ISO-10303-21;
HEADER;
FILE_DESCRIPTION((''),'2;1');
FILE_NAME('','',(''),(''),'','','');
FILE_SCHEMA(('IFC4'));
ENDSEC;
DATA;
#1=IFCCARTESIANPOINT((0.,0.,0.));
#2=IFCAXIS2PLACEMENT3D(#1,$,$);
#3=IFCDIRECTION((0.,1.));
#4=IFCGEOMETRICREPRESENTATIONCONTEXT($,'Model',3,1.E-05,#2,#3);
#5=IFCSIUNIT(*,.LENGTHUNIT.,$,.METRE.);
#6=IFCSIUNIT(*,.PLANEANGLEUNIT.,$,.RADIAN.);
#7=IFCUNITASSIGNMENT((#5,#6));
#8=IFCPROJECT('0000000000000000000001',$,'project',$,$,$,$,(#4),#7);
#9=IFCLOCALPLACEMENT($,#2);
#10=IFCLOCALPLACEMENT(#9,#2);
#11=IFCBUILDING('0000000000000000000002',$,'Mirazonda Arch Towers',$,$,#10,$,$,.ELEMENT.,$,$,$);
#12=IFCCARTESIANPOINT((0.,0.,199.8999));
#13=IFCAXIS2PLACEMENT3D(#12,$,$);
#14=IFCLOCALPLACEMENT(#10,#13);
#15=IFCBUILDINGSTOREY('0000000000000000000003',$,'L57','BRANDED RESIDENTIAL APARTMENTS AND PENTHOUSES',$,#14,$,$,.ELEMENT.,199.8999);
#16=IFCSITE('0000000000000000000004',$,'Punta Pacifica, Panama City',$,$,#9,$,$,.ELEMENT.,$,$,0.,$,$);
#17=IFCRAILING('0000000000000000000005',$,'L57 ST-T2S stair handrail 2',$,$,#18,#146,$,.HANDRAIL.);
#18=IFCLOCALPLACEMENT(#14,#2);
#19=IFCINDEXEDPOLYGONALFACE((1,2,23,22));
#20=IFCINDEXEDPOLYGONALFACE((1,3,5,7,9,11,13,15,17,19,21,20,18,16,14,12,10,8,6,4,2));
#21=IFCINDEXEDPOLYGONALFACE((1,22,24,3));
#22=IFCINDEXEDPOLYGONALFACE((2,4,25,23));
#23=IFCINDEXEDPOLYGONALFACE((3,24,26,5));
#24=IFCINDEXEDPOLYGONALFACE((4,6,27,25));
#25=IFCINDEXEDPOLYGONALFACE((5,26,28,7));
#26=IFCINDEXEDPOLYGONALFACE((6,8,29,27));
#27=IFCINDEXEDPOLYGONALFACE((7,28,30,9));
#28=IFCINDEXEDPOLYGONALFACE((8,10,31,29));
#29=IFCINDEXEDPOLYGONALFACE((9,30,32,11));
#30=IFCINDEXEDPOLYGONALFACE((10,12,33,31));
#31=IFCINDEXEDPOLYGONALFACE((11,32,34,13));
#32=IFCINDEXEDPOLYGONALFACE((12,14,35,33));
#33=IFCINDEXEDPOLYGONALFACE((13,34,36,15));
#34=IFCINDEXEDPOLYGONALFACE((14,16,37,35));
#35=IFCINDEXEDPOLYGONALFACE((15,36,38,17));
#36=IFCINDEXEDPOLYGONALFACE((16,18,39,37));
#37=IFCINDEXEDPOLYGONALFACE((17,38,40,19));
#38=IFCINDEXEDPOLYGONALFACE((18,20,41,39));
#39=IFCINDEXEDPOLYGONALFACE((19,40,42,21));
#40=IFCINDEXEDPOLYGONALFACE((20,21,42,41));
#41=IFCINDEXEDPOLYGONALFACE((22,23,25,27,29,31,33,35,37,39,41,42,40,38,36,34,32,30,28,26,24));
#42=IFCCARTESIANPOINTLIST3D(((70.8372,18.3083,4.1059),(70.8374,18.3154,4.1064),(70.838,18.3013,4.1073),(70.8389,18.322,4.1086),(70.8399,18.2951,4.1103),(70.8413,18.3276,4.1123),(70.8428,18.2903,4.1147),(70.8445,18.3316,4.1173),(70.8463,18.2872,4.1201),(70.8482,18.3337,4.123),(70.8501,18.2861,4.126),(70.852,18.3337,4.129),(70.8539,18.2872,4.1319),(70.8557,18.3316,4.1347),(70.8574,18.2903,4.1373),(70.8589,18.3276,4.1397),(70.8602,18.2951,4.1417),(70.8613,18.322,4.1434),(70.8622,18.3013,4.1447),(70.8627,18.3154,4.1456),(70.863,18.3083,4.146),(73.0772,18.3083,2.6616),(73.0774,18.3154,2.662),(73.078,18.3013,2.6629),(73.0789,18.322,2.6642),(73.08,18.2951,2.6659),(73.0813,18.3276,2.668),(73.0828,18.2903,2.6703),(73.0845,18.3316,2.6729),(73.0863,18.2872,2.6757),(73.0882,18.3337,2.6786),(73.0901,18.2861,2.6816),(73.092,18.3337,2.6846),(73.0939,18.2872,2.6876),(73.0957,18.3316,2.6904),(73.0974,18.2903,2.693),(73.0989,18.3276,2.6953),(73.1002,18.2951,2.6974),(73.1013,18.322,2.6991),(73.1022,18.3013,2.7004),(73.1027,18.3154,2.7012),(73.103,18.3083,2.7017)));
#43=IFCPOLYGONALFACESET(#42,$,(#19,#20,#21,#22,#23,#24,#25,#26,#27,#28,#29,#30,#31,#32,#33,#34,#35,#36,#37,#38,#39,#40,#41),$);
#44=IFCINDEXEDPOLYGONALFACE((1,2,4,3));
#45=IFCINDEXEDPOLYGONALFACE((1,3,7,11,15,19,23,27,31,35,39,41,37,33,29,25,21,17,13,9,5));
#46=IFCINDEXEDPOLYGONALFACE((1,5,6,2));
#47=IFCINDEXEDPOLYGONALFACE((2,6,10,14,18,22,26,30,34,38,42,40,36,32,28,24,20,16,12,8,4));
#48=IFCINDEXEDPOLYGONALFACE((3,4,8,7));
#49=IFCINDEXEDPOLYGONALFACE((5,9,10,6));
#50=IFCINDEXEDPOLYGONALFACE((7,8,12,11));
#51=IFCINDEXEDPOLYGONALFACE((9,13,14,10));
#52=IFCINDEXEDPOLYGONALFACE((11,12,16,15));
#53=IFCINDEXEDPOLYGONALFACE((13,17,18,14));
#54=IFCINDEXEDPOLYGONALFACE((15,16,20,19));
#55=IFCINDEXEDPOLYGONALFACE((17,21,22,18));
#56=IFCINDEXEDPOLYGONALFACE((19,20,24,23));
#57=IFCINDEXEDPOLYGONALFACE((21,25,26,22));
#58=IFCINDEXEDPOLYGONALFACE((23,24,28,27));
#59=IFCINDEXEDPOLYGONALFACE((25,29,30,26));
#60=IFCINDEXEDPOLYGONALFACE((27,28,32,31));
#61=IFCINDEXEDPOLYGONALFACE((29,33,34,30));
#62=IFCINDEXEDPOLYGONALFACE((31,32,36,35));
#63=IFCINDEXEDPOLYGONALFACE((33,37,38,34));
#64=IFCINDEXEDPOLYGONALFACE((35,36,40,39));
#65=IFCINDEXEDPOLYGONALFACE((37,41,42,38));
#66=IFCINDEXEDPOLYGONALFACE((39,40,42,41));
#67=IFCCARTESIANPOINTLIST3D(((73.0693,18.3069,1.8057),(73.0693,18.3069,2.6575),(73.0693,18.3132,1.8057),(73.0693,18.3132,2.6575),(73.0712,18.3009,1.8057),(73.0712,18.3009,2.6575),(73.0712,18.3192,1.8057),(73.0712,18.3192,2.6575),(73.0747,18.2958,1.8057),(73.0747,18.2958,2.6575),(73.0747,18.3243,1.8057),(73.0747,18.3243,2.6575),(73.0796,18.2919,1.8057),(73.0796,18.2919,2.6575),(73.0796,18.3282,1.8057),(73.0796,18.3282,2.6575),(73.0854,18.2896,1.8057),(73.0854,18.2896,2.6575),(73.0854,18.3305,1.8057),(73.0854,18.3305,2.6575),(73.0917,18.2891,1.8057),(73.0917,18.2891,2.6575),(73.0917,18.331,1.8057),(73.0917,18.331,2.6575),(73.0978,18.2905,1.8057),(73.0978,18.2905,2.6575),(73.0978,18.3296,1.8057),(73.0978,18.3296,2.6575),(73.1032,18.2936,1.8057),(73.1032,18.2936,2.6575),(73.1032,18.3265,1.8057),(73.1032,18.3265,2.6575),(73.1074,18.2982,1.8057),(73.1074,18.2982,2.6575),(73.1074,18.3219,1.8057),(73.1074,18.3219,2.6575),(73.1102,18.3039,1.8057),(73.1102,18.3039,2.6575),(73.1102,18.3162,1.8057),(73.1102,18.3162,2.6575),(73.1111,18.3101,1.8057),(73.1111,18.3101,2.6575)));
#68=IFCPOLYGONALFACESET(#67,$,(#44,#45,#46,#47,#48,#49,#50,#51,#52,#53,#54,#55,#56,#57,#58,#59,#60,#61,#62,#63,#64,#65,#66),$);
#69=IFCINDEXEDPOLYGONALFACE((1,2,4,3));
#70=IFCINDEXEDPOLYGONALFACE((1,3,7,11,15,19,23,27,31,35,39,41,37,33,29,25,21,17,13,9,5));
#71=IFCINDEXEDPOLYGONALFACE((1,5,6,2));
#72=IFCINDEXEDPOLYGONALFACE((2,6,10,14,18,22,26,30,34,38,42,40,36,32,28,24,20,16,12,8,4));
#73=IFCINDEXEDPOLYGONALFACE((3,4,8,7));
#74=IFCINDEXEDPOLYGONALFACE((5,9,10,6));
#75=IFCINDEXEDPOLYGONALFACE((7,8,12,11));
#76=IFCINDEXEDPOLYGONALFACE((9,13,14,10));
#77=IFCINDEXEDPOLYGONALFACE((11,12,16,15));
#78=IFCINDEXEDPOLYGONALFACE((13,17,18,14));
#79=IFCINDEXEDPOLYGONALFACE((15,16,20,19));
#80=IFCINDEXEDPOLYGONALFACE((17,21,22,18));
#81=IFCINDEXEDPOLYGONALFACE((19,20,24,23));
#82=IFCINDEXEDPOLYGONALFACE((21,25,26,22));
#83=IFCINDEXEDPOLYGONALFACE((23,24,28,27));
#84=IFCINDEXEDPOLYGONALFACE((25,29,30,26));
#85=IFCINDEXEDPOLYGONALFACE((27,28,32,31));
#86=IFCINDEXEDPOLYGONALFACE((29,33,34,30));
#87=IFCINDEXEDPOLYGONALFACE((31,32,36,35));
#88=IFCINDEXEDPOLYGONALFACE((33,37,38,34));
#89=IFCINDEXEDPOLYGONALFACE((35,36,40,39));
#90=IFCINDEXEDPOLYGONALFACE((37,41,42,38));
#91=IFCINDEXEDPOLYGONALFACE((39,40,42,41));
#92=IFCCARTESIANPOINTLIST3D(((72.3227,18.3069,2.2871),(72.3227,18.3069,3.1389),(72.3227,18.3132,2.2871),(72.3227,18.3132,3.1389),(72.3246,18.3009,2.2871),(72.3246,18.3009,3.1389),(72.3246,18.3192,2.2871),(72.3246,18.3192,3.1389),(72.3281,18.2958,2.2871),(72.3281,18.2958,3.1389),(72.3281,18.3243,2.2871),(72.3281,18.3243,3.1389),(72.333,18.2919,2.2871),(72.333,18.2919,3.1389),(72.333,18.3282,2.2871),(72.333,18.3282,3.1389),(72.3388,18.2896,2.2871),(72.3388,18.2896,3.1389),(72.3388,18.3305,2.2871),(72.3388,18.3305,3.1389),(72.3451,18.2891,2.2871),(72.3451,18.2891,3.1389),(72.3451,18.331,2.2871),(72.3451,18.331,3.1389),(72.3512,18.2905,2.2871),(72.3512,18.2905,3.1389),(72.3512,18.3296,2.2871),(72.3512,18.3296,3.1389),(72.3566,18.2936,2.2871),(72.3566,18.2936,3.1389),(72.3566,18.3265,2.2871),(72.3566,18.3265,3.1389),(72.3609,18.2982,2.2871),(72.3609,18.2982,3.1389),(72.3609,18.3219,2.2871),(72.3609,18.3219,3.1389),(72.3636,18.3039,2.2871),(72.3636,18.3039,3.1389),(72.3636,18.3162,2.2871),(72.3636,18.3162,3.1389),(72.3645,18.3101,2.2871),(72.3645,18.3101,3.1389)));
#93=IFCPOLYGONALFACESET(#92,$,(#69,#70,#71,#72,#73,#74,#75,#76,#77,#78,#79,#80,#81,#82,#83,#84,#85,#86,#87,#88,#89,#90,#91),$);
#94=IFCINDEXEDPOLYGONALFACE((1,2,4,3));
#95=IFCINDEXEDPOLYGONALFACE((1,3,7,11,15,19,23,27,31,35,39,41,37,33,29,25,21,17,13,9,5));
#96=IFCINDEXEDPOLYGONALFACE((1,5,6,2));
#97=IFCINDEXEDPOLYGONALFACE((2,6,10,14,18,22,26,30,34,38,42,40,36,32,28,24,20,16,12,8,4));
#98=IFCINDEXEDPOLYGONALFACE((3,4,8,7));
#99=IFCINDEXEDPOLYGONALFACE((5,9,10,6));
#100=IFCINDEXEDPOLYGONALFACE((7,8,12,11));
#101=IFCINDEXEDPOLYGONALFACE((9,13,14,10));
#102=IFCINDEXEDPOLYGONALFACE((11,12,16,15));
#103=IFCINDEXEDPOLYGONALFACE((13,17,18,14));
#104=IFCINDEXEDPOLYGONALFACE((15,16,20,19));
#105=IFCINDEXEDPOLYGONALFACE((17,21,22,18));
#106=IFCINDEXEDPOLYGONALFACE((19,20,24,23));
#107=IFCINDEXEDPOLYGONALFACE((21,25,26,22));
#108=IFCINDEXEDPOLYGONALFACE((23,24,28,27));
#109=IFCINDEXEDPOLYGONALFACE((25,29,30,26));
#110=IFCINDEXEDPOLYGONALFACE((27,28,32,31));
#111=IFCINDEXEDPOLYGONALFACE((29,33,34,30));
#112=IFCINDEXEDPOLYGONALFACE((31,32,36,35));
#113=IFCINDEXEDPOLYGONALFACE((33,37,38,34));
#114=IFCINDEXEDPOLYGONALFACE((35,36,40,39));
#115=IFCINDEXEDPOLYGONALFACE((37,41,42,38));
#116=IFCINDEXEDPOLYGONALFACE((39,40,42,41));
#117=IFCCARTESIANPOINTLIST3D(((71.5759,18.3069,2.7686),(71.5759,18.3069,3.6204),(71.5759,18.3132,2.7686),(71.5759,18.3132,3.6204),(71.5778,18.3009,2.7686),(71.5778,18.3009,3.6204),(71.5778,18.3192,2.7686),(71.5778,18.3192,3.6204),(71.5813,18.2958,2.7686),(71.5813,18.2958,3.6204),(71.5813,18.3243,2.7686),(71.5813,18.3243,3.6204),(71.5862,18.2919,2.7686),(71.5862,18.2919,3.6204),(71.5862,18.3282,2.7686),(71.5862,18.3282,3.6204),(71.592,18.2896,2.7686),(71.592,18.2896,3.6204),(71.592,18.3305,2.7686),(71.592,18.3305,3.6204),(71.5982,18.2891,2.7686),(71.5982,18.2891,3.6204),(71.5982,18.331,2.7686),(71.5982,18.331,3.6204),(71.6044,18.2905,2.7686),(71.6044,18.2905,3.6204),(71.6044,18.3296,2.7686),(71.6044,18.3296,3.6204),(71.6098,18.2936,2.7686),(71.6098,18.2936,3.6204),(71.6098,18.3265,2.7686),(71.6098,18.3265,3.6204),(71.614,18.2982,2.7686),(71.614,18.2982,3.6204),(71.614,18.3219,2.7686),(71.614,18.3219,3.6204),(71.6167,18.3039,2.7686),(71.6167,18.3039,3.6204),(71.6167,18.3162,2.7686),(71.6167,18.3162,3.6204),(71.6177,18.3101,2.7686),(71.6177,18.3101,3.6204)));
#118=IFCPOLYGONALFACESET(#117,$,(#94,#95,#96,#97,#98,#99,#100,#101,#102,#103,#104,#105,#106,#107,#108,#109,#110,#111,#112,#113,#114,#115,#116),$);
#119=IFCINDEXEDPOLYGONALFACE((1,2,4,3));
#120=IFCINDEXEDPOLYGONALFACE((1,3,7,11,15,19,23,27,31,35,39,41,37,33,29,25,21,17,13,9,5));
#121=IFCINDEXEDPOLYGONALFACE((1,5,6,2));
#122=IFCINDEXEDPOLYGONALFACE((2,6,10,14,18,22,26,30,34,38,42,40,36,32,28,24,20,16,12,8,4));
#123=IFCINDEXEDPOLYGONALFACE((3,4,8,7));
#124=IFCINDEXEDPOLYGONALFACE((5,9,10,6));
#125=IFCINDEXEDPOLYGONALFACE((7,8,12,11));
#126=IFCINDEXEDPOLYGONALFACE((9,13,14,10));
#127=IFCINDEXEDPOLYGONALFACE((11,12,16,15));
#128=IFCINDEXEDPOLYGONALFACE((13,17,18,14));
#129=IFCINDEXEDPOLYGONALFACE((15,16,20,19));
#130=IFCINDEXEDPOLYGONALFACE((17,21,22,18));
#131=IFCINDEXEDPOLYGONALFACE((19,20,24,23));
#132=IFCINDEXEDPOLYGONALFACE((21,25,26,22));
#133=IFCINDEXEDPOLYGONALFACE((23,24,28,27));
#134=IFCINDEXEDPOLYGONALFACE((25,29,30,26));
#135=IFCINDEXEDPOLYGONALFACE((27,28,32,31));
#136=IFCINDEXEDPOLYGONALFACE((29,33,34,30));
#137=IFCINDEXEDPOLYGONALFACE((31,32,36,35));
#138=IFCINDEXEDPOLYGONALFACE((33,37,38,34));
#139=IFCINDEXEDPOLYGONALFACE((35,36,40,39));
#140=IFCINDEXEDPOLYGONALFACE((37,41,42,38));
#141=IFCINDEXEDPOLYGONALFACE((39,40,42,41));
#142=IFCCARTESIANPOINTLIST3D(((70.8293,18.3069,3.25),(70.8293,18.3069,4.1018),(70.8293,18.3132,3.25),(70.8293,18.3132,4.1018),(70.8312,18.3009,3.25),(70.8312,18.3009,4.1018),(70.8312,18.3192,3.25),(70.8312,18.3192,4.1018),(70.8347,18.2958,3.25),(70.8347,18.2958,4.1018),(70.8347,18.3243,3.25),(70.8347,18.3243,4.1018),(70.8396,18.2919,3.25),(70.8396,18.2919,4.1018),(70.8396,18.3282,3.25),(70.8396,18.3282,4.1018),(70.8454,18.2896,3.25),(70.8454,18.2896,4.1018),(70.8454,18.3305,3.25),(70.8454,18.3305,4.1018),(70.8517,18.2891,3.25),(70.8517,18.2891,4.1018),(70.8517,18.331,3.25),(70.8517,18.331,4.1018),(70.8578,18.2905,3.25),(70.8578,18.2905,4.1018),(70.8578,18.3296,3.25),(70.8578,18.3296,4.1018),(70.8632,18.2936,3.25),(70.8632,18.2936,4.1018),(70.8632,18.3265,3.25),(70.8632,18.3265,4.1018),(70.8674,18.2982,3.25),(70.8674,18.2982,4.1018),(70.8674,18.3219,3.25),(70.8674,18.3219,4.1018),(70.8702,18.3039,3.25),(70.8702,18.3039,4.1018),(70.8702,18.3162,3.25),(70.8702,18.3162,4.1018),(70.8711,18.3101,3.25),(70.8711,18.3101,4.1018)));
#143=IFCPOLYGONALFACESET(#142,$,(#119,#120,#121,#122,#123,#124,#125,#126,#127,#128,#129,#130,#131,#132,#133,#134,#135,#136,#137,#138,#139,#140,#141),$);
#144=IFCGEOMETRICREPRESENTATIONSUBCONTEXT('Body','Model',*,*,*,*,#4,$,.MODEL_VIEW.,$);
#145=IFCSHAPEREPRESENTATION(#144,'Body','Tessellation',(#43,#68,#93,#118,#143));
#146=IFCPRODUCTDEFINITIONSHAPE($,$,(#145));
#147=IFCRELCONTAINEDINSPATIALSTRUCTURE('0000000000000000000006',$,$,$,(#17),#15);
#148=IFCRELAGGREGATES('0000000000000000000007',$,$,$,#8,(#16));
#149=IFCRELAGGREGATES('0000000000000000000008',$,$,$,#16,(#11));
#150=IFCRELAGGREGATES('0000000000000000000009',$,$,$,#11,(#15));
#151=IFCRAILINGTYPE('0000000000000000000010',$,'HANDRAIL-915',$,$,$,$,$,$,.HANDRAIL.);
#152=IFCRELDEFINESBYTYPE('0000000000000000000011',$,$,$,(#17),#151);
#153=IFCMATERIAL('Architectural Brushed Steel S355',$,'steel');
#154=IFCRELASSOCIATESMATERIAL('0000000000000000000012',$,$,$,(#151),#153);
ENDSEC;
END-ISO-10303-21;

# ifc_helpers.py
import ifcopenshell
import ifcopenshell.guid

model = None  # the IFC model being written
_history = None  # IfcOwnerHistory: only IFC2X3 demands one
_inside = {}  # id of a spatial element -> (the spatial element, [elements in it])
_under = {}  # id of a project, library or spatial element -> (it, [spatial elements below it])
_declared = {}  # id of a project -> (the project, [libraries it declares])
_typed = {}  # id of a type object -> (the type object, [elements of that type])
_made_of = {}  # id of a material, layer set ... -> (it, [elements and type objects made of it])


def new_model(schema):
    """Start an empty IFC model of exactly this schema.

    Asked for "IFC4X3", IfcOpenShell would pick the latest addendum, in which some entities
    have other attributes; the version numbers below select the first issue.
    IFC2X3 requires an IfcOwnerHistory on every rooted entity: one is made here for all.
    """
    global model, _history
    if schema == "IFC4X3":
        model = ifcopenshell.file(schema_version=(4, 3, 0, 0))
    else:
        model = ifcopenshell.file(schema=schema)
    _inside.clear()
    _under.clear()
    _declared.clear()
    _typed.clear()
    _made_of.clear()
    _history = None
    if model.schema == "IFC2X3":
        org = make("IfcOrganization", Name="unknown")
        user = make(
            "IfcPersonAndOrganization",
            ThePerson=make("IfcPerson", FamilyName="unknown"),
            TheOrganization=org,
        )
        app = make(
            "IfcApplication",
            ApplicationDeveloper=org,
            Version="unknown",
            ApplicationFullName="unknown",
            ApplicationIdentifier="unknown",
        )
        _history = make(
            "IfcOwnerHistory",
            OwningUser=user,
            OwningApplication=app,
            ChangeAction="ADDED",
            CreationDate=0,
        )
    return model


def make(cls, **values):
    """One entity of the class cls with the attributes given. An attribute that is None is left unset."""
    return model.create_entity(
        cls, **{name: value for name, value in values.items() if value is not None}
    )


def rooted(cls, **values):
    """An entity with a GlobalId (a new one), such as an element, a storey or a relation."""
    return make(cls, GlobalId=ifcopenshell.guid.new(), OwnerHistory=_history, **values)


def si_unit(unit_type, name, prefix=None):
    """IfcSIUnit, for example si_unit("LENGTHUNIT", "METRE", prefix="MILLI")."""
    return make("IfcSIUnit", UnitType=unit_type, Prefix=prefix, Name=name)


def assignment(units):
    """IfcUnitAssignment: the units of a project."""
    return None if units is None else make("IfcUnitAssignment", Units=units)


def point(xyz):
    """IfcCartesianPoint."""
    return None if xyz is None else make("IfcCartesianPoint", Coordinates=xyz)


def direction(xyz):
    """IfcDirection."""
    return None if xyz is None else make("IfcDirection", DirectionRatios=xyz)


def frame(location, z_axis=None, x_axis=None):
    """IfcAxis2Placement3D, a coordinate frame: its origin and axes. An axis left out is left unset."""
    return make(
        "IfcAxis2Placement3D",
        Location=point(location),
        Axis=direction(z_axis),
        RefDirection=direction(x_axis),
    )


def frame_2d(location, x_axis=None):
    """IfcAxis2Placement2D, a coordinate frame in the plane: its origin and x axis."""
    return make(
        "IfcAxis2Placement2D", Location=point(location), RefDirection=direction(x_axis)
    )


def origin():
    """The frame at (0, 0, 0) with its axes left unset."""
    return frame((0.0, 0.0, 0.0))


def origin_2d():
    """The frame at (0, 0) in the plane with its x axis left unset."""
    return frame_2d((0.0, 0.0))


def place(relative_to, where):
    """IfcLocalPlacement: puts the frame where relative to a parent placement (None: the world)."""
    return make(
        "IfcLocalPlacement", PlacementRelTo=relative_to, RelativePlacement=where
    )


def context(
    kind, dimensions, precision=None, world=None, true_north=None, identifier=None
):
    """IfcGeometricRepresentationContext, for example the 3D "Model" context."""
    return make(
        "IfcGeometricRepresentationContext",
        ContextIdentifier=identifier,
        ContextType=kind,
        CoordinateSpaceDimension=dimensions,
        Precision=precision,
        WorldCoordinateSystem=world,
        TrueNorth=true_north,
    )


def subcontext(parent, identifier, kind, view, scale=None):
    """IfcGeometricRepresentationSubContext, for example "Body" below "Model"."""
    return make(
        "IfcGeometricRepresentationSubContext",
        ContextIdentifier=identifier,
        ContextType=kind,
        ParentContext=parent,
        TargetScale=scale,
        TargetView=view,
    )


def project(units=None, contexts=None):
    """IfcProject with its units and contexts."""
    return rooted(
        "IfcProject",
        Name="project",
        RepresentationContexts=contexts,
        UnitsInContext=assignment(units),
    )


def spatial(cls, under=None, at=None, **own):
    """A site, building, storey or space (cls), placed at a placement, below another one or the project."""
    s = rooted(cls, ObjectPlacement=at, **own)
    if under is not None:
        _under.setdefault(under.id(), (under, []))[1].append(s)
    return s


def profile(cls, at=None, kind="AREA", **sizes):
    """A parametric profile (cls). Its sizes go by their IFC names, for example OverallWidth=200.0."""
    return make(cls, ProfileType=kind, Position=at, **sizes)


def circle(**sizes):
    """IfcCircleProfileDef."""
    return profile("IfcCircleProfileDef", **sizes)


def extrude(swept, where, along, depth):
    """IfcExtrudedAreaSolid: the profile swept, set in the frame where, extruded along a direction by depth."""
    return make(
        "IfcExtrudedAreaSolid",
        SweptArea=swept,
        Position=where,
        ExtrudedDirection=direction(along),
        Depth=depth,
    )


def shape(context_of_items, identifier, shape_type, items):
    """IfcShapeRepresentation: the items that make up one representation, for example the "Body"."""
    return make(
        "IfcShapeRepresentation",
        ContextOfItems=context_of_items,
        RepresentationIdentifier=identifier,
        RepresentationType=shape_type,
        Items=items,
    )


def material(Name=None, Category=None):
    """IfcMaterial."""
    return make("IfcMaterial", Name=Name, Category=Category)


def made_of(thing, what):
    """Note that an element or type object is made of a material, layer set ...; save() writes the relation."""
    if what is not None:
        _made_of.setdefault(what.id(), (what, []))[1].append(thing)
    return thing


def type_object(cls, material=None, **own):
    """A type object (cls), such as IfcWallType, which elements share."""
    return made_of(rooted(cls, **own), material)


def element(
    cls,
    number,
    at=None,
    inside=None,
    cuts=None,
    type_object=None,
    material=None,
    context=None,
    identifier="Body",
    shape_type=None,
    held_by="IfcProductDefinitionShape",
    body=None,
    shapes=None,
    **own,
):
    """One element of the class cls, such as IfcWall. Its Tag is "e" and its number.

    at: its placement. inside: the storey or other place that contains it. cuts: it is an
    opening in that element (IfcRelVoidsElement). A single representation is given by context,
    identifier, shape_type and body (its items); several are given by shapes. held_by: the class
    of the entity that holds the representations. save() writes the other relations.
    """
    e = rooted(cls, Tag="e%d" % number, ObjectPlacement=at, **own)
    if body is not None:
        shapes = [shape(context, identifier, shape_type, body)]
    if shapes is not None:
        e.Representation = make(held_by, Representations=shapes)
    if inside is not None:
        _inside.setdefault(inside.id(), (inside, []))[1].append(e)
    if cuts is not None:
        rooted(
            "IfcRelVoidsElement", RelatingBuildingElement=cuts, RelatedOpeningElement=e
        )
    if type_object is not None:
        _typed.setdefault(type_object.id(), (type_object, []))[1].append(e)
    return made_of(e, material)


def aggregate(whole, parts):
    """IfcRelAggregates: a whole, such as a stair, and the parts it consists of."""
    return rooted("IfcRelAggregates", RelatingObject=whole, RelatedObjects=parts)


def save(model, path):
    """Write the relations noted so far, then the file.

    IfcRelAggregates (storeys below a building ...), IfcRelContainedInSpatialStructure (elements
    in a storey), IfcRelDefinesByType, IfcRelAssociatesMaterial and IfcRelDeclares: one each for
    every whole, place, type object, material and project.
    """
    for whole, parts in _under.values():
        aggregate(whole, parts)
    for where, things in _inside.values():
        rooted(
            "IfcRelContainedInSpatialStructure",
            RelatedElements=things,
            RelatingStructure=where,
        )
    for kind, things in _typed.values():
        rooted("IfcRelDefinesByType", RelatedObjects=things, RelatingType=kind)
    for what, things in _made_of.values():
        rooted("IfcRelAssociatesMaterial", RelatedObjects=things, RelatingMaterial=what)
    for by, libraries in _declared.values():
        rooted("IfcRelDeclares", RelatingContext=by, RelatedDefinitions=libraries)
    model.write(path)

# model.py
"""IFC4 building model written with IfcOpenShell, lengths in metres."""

from ifc_helpers import new_model, si_unit, direction, frame, origin, origin_2d, place, context, subcontext, project, spatial, circle, extrude, material, type_object, element, save


model = new_model("IFC4")

# Units and contexts
model_context = context("Model", 3, precision=1e-05, world=origin(), true_north=direction((0.0, 1.0)))
body_context = subcontext(model_context, "Body", "Model", "MODEL_VIEW")
ifc_project = project(units=[si_unit("LENGTHUNIT", "METRE"), si_unit("PLANEANGLEUNIT", "RADIAN")], contexts=[model_context])

# Site, building, storey
site_placement = place(None, origin())
site = spatial("IfcSite", under=ifc_project, at=site_placement, Name="Punta Pacifica, Panama City", CompositionType="ELEMENT", RefElevation=0.0)
building_placement = place(site_placement, origin())
building = spatial("IfcBuilding", under=site, at=building_placement, Name="Mirazonda Arch Towers", CompositionType="ELEMENT")
storey_placement = place(building_placement, frame((0.0, 0.0, 199.8999)))
storey = spatial("IfcBuildingStorey", under=building, at=storey_placement, Name="L57", Description="BRANDED RESIDENTIAL APARTMENTS AND PENTHOUSES", CompositionType="ELEMENT", Elevation=199.8999)

# Shared definitions
ifc_material_1 = material(Name="Architectural Brushed Steel S355", Category="steel")

# Railing
railing_type_1 = type_object("IfcRailingType", Name="HANDRAIL-915", PredefinedType="HANDRAIL", material=ifc_material_1)
railing_1_placement = place(storey_placement, frame((73.0901, 18.3101, 1.8057)))
element("IfcRailing", 1, at=railing_1_placement, inside=storey, type_object=railing_type_1, Name="L57 ST-T2S stair handrail 2", PredefinedType="HANDRAIL", context=body_context, shape_type="SweptSolid", body=[
    extrude(circle(Radius=0.0239, at=origin_2d()), frame((0.0, 0.0, 0.876), z_axis=(-0.840437, 0.0, 0.54191), x_axis=(0.0, -1.0, 0.0)), (0.0, 0.0, 1.0), 2.6653),
    extrude(circle(Radius=0.021, at=origin_2d()), origin(), (0.0, 0.0, 1.0), 0.8518),
    extrude(circle(Radius=0.021, at=origin_2d()), frame((-0.7466, 0.0, 0.4814)), (0.0, 0.0, 1.0), 0.8518),
    extrude(circle(Radius=0.021, at=origin_2d()), frame((-1.4934, 0.0, 0.9629)), (0.0, 0.0, 1.0), 0.8518),
    extrude(circle(Radius=0.021, at=origin_2d()), frame((-2.24, 0.0, 1.4443)), (0.0, 0.0, 1.0), 0.8518),
])

save(model, "model.ifc")
